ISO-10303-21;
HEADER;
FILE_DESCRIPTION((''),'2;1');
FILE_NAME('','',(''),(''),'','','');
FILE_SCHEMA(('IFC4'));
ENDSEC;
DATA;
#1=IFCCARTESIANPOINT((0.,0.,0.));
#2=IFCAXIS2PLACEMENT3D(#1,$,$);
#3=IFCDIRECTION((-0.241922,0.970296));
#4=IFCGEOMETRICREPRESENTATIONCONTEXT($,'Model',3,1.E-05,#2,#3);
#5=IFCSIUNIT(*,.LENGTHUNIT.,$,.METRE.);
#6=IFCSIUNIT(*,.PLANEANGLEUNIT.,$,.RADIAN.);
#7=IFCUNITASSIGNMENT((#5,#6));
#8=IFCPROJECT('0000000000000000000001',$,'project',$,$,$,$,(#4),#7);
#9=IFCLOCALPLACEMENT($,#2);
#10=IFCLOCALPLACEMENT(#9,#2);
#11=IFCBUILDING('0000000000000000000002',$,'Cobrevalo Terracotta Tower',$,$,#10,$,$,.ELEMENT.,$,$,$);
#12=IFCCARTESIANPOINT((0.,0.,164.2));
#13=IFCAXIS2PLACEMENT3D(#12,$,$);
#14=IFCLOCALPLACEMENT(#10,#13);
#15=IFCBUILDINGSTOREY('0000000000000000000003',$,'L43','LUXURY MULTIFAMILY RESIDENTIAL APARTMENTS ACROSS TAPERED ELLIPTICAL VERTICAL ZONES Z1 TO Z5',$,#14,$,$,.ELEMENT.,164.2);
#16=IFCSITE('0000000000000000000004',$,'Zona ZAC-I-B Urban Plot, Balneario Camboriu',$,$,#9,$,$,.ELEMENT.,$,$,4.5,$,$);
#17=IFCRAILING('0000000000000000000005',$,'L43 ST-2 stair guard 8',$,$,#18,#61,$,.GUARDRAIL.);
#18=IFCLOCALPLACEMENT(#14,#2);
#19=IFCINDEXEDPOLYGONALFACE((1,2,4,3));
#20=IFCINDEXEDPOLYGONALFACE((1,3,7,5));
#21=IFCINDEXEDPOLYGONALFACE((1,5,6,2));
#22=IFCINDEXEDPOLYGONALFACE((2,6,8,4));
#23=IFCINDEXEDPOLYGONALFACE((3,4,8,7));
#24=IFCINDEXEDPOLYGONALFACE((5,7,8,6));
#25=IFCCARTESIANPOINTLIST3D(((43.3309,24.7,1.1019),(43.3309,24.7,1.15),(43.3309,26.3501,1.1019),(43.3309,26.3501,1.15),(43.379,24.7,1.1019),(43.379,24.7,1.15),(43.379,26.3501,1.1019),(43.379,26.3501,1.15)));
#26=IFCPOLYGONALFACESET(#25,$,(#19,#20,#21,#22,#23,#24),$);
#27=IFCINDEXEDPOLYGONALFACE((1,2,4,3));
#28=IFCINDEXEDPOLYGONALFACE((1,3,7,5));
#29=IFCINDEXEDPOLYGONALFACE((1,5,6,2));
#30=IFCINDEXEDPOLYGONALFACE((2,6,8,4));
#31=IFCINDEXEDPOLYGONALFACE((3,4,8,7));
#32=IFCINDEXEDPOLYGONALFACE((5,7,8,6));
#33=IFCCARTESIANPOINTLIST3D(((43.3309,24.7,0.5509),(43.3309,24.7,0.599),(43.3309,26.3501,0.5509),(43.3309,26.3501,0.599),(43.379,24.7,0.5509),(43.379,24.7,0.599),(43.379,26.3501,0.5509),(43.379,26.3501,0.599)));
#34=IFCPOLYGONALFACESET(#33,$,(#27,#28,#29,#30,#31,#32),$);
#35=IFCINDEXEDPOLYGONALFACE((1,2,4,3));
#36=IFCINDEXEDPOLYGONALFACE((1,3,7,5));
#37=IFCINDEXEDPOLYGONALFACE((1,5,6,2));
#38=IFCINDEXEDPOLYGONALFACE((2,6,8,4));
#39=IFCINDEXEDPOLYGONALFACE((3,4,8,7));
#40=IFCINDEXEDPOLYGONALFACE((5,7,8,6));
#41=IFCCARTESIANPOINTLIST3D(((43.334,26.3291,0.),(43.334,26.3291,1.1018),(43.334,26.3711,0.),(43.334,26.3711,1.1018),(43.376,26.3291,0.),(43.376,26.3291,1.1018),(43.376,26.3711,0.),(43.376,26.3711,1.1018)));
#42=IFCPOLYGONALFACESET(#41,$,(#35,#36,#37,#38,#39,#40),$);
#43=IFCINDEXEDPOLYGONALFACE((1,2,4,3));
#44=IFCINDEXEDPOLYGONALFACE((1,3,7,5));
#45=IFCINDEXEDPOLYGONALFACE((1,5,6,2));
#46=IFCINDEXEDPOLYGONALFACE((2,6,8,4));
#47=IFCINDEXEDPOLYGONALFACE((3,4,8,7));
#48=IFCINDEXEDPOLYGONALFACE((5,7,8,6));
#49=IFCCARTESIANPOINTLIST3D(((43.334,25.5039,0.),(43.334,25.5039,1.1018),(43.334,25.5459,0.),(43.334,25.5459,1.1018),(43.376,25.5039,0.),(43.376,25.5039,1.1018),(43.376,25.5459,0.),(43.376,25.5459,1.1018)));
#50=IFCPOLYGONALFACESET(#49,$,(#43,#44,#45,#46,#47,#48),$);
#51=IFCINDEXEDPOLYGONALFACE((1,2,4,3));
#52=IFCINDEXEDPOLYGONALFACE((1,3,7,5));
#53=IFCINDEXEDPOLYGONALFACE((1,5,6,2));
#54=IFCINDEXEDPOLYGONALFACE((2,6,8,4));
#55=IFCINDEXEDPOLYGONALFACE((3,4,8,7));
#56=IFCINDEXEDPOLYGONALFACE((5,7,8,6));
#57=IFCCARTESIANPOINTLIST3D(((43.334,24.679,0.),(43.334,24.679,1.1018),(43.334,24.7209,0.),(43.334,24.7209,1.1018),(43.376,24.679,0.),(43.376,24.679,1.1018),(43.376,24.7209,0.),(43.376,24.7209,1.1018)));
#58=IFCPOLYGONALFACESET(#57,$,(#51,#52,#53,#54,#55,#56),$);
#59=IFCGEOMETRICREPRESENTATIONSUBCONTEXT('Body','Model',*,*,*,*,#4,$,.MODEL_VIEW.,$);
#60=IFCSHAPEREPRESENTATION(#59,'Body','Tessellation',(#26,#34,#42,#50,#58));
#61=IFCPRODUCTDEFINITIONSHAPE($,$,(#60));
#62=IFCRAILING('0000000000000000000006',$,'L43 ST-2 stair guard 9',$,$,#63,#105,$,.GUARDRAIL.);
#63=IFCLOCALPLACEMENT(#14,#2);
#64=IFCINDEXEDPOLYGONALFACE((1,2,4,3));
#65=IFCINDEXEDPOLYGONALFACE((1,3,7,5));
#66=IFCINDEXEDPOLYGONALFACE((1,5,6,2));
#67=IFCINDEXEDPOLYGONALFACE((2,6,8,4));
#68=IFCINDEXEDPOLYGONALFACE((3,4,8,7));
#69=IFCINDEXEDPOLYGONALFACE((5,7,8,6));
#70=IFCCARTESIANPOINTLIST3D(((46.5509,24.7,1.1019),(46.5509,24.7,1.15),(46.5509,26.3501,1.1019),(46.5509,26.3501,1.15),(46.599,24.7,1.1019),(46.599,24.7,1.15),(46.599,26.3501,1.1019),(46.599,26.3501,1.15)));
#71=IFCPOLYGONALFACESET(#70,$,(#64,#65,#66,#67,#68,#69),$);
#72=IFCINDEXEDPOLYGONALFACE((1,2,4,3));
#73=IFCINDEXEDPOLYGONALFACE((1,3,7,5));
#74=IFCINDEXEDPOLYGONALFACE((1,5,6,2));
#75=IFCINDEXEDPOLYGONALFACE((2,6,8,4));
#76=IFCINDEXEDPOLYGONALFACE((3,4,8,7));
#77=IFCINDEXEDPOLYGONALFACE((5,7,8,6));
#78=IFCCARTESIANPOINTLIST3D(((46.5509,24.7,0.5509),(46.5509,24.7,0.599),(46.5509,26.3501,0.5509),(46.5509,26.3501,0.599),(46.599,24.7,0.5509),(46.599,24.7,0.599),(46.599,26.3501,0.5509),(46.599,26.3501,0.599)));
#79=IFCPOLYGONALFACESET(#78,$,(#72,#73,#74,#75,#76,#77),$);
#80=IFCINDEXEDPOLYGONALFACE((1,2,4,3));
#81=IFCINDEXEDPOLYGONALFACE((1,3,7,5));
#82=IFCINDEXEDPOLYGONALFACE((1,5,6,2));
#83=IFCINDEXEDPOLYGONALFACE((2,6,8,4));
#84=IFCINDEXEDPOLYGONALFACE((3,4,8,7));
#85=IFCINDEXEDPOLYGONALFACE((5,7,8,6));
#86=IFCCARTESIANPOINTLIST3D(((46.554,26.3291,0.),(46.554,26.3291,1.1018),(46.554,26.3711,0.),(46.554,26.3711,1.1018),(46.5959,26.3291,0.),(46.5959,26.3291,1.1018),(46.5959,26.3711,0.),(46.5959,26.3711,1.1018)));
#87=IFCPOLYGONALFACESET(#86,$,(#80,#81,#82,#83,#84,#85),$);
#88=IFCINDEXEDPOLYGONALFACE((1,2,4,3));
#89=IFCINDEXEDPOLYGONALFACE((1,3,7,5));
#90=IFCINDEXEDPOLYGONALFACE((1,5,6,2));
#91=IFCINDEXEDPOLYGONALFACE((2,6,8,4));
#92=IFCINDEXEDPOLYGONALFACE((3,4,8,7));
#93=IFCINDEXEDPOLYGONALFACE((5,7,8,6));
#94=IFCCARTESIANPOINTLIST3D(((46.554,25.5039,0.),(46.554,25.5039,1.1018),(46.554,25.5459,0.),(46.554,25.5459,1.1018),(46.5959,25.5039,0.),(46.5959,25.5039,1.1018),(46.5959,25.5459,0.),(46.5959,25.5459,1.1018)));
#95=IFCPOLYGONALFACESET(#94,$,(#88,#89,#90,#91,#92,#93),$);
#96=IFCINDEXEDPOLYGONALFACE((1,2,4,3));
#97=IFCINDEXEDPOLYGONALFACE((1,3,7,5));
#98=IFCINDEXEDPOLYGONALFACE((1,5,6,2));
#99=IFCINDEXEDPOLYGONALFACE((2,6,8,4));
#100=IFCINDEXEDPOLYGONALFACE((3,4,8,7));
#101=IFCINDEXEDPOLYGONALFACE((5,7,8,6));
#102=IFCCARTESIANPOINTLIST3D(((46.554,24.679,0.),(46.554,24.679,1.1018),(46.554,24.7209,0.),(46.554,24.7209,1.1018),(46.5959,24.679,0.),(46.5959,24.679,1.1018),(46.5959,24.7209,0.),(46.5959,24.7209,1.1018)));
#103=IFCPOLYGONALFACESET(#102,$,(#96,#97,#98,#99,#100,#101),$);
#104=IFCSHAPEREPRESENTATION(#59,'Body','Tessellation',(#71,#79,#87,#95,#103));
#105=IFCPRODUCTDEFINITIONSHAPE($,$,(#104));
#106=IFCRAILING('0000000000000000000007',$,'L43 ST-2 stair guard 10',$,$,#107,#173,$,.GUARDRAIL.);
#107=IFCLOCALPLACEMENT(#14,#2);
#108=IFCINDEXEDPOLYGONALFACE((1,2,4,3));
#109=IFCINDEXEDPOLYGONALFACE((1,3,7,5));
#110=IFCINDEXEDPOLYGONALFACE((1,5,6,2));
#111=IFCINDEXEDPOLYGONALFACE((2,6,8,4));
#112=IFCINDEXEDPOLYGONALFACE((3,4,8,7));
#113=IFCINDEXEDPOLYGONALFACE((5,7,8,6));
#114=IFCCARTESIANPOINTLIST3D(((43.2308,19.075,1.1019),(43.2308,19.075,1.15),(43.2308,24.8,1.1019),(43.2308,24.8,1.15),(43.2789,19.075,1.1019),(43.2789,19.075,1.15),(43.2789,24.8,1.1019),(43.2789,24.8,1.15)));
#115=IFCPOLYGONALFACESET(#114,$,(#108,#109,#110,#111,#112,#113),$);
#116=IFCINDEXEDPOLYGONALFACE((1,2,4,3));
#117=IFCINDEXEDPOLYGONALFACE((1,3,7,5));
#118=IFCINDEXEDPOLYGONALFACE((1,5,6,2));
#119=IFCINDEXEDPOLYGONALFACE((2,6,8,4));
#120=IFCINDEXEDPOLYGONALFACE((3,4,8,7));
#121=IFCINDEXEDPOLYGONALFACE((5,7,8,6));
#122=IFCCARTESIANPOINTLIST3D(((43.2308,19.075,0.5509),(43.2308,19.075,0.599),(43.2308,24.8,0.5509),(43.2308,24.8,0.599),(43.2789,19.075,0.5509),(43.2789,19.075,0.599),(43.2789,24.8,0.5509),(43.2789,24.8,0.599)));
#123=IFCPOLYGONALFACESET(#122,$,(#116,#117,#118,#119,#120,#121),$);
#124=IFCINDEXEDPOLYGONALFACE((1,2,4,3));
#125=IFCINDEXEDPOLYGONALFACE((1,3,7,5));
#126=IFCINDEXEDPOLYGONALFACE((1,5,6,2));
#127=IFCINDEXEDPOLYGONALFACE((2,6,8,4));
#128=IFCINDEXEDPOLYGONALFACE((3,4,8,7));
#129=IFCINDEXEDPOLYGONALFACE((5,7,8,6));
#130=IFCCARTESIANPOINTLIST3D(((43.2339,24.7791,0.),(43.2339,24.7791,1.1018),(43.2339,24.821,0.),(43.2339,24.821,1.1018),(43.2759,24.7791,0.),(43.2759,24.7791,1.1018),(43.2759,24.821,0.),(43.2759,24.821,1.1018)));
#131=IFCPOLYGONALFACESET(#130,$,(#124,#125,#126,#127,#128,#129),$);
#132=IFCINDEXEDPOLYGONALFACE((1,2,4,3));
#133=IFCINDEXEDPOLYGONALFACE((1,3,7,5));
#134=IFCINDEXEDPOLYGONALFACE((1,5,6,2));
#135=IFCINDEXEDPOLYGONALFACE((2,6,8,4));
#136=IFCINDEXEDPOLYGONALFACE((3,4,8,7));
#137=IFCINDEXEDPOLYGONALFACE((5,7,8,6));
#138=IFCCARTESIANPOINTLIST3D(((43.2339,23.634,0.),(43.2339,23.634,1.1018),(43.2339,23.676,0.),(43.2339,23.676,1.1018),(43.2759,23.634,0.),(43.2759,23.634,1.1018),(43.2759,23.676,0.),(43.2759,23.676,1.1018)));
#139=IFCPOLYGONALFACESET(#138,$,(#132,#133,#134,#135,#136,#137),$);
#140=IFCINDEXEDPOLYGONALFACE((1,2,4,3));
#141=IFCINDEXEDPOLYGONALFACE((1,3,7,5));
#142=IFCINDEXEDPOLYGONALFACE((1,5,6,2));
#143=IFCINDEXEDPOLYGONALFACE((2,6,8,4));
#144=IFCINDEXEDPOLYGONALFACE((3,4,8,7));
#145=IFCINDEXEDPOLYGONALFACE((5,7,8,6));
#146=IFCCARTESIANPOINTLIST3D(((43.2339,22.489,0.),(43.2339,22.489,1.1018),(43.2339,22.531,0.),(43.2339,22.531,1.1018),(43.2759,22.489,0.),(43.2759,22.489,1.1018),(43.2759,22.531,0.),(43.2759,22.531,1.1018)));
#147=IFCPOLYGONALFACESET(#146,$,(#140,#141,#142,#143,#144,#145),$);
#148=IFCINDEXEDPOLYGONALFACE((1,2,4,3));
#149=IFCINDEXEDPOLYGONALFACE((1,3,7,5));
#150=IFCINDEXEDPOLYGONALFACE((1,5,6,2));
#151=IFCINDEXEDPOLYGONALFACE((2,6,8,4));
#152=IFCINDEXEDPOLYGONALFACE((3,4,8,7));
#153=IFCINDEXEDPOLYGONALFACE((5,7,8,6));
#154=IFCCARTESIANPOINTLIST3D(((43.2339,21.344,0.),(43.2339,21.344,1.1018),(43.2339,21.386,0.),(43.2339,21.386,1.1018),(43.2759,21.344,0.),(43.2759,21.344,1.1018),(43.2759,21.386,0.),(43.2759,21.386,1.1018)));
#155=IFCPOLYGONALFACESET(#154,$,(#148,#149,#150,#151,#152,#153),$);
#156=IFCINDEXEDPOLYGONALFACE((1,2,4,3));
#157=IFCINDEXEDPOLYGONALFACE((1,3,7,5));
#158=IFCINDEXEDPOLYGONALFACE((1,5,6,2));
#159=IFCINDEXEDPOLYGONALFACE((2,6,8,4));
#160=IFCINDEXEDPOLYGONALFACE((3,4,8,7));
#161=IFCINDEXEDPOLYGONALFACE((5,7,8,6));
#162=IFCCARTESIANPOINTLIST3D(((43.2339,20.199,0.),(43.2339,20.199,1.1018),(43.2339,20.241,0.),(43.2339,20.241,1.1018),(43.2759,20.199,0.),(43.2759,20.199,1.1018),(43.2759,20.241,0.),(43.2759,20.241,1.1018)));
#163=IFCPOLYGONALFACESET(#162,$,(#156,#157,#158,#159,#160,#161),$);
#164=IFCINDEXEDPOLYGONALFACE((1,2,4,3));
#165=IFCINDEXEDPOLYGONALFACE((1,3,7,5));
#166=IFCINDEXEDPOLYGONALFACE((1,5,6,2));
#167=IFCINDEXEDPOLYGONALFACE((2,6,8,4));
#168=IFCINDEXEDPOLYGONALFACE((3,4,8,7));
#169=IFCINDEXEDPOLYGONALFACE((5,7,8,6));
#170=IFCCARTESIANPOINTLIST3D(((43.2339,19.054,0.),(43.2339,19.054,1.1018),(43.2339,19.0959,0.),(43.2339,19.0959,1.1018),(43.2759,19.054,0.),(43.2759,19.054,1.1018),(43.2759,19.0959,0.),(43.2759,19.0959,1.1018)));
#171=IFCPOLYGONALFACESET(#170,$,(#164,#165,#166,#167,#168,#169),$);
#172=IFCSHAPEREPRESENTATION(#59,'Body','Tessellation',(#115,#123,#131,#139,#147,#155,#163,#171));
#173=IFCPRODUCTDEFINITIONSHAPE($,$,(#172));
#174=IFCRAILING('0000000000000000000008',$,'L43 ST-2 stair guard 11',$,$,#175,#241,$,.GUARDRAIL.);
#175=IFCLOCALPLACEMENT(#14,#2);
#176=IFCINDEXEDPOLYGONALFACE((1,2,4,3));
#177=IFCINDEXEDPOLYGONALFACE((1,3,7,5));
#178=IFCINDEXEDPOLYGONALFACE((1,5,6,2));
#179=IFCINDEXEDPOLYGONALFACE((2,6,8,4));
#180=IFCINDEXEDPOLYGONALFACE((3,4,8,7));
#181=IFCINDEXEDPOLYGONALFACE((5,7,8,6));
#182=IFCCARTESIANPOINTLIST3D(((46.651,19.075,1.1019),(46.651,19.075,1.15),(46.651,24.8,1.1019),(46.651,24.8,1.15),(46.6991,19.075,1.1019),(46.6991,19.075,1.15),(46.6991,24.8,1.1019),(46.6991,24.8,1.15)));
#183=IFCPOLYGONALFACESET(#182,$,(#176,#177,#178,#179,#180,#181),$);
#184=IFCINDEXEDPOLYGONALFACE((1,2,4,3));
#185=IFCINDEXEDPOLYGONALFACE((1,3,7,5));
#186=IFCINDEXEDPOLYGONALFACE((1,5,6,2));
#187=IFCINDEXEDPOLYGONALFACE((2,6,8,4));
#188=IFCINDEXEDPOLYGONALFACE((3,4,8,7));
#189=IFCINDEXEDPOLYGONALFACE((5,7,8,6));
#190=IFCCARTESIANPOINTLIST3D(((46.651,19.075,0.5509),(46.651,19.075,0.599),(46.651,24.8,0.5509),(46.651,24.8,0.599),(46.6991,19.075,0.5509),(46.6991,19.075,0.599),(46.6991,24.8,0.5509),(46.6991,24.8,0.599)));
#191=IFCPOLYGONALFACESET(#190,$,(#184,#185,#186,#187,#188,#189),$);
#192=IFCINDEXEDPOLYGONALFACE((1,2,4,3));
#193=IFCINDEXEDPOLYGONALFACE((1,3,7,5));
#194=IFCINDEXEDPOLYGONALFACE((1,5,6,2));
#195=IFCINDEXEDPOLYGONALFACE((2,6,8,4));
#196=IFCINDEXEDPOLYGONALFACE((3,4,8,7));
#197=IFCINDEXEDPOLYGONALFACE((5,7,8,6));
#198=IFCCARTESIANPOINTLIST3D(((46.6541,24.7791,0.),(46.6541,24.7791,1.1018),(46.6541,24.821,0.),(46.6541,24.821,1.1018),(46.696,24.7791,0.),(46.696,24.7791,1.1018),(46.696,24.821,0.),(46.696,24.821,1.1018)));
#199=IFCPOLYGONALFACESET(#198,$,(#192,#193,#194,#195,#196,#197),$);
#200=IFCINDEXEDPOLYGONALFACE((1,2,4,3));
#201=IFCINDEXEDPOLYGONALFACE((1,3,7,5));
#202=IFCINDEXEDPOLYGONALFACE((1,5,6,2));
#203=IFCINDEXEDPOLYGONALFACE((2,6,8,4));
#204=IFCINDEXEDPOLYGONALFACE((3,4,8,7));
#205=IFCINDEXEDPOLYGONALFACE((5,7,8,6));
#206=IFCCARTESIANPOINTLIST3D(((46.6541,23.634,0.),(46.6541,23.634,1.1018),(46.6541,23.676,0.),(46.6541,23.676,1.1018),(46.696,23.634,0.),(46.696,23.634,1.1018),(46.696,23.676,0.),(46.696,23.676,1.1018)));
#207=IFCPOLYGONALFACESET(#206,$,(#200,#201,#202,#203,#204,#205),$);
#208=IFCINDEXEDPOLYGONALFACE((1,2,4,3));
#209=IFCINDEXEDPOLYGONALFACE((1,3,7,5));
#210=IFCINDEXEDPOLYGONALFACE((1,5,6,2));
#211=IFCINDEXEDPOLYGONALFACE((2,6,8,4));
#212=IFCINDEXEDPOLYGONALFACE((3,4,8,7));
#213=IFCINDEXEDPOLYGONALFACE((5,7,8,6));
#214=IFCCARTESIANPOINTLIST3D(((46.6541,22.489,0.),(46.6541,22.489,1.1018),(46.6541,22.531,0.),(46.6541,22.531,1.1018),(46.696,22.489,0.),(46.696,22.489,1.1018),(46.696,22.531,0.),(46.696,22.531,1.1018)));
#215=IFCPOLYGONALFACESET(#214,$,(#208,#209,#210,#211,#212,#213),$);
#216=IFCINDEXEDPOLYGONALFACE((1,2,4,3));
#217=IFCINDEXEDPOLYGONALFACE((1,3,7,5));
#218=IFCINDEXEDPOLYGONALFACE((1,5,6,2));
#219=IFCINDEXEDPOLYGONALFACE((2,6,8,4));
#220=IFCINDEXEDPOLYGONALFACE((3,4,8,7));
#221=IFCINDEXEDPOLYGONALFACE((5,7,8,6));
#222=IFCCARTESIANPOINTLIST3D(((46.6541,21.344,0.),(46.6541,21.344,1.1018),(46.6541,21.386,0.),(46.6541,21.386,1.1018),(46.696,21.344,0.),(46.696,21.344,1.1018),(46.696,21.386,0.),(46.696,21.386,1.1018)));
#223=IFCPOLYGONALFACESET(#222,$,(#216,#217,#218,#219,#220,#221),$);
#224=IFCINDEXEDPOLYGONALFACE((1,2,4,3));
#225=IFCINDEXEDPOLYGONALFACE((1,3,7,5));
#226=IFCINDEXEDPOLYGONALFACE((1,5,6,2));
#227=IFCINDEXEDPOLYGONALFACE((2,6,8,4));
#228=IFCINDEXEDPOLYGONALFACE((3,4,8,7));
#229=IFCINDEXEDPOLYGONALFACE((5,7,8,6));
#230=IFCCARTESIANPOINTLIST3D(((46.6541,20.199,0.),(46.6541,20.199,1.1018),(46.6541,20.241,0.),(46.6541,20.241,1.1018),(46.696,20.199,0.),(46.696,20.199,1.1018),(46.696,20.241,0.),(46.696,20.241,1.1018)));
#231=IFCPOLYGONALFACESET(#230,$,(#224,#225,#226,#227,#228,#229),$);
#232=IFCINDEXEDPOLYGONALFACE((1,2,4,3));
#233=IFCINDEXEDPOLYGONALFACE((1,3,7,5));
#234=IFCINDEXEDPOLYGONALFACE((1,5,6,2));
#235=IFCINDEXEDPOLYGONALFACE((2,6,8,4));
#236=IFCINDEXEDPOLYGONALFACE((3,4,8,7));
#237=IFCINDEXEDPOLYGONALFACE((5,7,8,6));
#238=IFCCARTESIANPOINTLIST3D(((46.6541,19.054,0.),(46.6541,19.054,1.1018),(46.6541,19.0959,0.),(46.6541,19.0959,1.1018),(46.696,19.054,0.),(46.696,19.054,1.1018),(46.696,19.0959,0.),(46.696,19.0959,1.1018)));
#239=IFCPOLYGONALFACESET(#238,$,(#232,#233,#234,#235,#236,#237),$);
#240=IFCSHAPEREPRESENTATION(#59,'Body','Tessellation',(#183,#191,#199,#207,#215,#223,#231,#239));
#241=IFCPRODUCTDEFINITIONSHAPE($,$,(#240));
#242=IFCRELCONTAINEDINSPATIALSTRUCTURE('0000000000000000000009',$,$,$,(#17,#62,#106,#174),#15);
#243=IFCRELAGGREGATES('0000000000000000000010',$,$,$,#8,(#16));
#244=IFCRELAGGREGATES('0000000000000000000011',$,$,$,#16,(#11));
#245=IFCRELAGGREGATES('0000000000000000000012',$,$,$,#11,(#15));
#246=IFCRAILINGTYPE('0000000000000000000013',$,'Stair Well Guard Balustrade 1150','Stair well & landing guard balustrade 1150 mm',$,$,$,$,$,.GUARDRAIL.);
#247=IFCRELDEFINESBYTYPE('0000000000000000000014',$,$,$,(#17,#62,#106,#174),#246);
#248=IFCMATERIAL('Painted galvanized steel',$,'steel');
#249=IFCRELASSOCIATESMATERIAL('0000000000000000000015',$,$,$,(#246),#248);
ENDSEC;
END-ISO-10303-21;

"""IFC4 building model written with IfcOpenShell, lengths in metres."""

from ifc_helpers import new_model, si_unit, direction, frame, origin, origin_2d, place, context, subcontext, project, spatial, rectangle, extrude, material, type_object, element, save


model = new_model("IFC4")

# Units and contexts
model_context = context("Model", 3, precision=1e-05, world=origin(), true_north=direction((-0.241922, 0.970296)))
body_context = subcontext(model_context, "Body", "Model", "MODEL_VIEW")
ifc_project = project(units=[si_unit("LENGTHUNIT", "METRE"), si_unit("PLANEANGLEUNIT", "RADIAN")], contexts=[model_context])

# Site, building, storey
site_placement = place(None, origin())
site = spatial("IfcSite", under=ifc_project, at=site_placement, Name="Zona ZAC-I-B Urban Plot, Balneario Camboriu", CompositionType="ELEMENT", RefElevation=4.5)
building_placement = place(site_placement, origin())
building = spatial("IfcBuilding", under=site, at=building_placement, Name="Cobrevalo Terracotta Tower", CompositionType="ELEMENT")
storey_placement = place(building_placement, frame((0.0, 0.0, 164.2)))
storey = spatial("IfcBuildingStorey", under=building, at=storey_placement, Name="L43", Description="LUXURY MULTIFAMILY RESIDENTIAL APARTMENTS ACROSS TAPERED ELLIPTICAL VERTICAL ZONES Z1 TO Z5", CompositionType="ELEMENT", Elevation=164.2)

# Railings
ifc_material_1 = material(Name="Painted galvanized steel", Category="steel")
railing_type = type_object("IfcRailingType", Name="Stair Well Guard Balustrade 1150", Description="Stair well & landing guard balustrade 1150 mm", PredefinedType="GUARDRAIL", material=ifc_material_1)
for number, where, name in (
    (1, (43.355, 26.3501, 0.0), "L43 ST-2 stair guard 8"),
    (2, (46.575, 26.3501, 0.0), "L43 ST-2 stair guard 9"),
):
    element("IfcRailing", number, at=place(storey_placement, frame(where)), inside=storey, type_object=railing_type, Name=name, PredefinedType="GUARDRAIL", context=body_context, shape_type="SweptSolid", body=[
        extrude(rectangle(XDim=0.0481, YDim=0.0481, at=origin_2d()), frame((0.0, 0.0, 1.126), z_axis=(0.0, -1.0, 0.0), x_axis=(1.0, 0.0, 0.0)), (0.0, 0.0, 1.0), 1.6501),
        extrude(rectangle(XDim=0.0481, YDim=0.0481, at=origin_2d()), frame((0.0, 0.0, 0.575), z_axis=(0.0, -1.0, 0.0), x_axis=(1.0, 0.0, 0.0)), (0.0, 0.0, 1.0), 1.6501),
        extrude(rectangle(XDim=0.042, YDim=0.042, at=origin_2d()), origin(), (0.0, 0.0, 1.0), 1.1018),
        extrude(rectangle(XDim=0.042, YDim=0.042, at=origin_2d()), frame((0.0, -0.8252, 0.0)), (0.0, 0.0, 1.0), 1.1018),
        extrude(rectangle(XDim=0.042, YDim=0.042, at=origin_2d()), frame((0.0, -1.6501, 0.0)), (0.0, 0.0, 1.0), 1.1018),
    ])
for number, where, name in (
    (3, (43.2549, 24.8, 0.0), "L43 ST-2 stair guard 10"),
    (4, (46.675, 24.8, 0.0), "L43 ST-2 stair guard 11"),
):
    element("IfcRailing", number, at=place(storey_placement, frame(where)), inside=storey, type_object=railing_type, Name=name, PredefinedType="GUARDRAIL", context=body_context, shape_type="SweptSolid", body=[
        extrude(rectangle(XDim=0.0481, YDim=0.0481, at=origin_2d()), frame((0.0, 0.0, 1.126), z_axis=(0.0, -1.0, 0.0), x_axis=(1.0, 0.0, 0.0)), (0.0, 0.0, 1.0), 5.7251),
        extrude(rectangle(XDim=0.0481, YDim=0.0481, at=origin_2d()), frame((0.0, 0.0, 0.575), z_axis=(0.0, -1.0, 0.0), x_axis=(1.0, 0.0, 0.0)), (0.0, 0.0, 1.0), 5.7251),
        extrude(rectangle(XDim=0.042, YDim=0.042, at=origin_2d()), origin(), (0.0, 0.0, 1.0), 1.1018),
        extrude(rectangle(XDim=0.042, YDim=0.042, at=origin_2d()), frame((0.0, -1.145, 0.0)), (0.0, 0.0, 1.0), 1.1018),
        extrude(rectangle(XDim=0.042, YDim=0.042, at=origin_2d()), frame((0.0, -2.29, 0.0)), (0.0, 0.0, 1.0), 1.1018),
        extrude(rectangle(XDim=0.042, YDim=0.042, at=origin_2d()), frame((0.0, -3.4351, 0.0)), (0.0, 0.0, 1.0), 1.1018),
        extrude(rectangle(XDim=0.042, YDim=0.042, at=origin_2d()), frame((0.0, -4.5801, 0.0)), (0.0, 0.0, 1.0), 1.1018),
        extrude(rectangle(XDim=0.042, YDim=0.042, at=origin_2d()), frame((0.0, -5.7251, 0.0)), (0.0, 0.0, 1.0), 1.1018),
    ])

save(model, "model.ifc")
